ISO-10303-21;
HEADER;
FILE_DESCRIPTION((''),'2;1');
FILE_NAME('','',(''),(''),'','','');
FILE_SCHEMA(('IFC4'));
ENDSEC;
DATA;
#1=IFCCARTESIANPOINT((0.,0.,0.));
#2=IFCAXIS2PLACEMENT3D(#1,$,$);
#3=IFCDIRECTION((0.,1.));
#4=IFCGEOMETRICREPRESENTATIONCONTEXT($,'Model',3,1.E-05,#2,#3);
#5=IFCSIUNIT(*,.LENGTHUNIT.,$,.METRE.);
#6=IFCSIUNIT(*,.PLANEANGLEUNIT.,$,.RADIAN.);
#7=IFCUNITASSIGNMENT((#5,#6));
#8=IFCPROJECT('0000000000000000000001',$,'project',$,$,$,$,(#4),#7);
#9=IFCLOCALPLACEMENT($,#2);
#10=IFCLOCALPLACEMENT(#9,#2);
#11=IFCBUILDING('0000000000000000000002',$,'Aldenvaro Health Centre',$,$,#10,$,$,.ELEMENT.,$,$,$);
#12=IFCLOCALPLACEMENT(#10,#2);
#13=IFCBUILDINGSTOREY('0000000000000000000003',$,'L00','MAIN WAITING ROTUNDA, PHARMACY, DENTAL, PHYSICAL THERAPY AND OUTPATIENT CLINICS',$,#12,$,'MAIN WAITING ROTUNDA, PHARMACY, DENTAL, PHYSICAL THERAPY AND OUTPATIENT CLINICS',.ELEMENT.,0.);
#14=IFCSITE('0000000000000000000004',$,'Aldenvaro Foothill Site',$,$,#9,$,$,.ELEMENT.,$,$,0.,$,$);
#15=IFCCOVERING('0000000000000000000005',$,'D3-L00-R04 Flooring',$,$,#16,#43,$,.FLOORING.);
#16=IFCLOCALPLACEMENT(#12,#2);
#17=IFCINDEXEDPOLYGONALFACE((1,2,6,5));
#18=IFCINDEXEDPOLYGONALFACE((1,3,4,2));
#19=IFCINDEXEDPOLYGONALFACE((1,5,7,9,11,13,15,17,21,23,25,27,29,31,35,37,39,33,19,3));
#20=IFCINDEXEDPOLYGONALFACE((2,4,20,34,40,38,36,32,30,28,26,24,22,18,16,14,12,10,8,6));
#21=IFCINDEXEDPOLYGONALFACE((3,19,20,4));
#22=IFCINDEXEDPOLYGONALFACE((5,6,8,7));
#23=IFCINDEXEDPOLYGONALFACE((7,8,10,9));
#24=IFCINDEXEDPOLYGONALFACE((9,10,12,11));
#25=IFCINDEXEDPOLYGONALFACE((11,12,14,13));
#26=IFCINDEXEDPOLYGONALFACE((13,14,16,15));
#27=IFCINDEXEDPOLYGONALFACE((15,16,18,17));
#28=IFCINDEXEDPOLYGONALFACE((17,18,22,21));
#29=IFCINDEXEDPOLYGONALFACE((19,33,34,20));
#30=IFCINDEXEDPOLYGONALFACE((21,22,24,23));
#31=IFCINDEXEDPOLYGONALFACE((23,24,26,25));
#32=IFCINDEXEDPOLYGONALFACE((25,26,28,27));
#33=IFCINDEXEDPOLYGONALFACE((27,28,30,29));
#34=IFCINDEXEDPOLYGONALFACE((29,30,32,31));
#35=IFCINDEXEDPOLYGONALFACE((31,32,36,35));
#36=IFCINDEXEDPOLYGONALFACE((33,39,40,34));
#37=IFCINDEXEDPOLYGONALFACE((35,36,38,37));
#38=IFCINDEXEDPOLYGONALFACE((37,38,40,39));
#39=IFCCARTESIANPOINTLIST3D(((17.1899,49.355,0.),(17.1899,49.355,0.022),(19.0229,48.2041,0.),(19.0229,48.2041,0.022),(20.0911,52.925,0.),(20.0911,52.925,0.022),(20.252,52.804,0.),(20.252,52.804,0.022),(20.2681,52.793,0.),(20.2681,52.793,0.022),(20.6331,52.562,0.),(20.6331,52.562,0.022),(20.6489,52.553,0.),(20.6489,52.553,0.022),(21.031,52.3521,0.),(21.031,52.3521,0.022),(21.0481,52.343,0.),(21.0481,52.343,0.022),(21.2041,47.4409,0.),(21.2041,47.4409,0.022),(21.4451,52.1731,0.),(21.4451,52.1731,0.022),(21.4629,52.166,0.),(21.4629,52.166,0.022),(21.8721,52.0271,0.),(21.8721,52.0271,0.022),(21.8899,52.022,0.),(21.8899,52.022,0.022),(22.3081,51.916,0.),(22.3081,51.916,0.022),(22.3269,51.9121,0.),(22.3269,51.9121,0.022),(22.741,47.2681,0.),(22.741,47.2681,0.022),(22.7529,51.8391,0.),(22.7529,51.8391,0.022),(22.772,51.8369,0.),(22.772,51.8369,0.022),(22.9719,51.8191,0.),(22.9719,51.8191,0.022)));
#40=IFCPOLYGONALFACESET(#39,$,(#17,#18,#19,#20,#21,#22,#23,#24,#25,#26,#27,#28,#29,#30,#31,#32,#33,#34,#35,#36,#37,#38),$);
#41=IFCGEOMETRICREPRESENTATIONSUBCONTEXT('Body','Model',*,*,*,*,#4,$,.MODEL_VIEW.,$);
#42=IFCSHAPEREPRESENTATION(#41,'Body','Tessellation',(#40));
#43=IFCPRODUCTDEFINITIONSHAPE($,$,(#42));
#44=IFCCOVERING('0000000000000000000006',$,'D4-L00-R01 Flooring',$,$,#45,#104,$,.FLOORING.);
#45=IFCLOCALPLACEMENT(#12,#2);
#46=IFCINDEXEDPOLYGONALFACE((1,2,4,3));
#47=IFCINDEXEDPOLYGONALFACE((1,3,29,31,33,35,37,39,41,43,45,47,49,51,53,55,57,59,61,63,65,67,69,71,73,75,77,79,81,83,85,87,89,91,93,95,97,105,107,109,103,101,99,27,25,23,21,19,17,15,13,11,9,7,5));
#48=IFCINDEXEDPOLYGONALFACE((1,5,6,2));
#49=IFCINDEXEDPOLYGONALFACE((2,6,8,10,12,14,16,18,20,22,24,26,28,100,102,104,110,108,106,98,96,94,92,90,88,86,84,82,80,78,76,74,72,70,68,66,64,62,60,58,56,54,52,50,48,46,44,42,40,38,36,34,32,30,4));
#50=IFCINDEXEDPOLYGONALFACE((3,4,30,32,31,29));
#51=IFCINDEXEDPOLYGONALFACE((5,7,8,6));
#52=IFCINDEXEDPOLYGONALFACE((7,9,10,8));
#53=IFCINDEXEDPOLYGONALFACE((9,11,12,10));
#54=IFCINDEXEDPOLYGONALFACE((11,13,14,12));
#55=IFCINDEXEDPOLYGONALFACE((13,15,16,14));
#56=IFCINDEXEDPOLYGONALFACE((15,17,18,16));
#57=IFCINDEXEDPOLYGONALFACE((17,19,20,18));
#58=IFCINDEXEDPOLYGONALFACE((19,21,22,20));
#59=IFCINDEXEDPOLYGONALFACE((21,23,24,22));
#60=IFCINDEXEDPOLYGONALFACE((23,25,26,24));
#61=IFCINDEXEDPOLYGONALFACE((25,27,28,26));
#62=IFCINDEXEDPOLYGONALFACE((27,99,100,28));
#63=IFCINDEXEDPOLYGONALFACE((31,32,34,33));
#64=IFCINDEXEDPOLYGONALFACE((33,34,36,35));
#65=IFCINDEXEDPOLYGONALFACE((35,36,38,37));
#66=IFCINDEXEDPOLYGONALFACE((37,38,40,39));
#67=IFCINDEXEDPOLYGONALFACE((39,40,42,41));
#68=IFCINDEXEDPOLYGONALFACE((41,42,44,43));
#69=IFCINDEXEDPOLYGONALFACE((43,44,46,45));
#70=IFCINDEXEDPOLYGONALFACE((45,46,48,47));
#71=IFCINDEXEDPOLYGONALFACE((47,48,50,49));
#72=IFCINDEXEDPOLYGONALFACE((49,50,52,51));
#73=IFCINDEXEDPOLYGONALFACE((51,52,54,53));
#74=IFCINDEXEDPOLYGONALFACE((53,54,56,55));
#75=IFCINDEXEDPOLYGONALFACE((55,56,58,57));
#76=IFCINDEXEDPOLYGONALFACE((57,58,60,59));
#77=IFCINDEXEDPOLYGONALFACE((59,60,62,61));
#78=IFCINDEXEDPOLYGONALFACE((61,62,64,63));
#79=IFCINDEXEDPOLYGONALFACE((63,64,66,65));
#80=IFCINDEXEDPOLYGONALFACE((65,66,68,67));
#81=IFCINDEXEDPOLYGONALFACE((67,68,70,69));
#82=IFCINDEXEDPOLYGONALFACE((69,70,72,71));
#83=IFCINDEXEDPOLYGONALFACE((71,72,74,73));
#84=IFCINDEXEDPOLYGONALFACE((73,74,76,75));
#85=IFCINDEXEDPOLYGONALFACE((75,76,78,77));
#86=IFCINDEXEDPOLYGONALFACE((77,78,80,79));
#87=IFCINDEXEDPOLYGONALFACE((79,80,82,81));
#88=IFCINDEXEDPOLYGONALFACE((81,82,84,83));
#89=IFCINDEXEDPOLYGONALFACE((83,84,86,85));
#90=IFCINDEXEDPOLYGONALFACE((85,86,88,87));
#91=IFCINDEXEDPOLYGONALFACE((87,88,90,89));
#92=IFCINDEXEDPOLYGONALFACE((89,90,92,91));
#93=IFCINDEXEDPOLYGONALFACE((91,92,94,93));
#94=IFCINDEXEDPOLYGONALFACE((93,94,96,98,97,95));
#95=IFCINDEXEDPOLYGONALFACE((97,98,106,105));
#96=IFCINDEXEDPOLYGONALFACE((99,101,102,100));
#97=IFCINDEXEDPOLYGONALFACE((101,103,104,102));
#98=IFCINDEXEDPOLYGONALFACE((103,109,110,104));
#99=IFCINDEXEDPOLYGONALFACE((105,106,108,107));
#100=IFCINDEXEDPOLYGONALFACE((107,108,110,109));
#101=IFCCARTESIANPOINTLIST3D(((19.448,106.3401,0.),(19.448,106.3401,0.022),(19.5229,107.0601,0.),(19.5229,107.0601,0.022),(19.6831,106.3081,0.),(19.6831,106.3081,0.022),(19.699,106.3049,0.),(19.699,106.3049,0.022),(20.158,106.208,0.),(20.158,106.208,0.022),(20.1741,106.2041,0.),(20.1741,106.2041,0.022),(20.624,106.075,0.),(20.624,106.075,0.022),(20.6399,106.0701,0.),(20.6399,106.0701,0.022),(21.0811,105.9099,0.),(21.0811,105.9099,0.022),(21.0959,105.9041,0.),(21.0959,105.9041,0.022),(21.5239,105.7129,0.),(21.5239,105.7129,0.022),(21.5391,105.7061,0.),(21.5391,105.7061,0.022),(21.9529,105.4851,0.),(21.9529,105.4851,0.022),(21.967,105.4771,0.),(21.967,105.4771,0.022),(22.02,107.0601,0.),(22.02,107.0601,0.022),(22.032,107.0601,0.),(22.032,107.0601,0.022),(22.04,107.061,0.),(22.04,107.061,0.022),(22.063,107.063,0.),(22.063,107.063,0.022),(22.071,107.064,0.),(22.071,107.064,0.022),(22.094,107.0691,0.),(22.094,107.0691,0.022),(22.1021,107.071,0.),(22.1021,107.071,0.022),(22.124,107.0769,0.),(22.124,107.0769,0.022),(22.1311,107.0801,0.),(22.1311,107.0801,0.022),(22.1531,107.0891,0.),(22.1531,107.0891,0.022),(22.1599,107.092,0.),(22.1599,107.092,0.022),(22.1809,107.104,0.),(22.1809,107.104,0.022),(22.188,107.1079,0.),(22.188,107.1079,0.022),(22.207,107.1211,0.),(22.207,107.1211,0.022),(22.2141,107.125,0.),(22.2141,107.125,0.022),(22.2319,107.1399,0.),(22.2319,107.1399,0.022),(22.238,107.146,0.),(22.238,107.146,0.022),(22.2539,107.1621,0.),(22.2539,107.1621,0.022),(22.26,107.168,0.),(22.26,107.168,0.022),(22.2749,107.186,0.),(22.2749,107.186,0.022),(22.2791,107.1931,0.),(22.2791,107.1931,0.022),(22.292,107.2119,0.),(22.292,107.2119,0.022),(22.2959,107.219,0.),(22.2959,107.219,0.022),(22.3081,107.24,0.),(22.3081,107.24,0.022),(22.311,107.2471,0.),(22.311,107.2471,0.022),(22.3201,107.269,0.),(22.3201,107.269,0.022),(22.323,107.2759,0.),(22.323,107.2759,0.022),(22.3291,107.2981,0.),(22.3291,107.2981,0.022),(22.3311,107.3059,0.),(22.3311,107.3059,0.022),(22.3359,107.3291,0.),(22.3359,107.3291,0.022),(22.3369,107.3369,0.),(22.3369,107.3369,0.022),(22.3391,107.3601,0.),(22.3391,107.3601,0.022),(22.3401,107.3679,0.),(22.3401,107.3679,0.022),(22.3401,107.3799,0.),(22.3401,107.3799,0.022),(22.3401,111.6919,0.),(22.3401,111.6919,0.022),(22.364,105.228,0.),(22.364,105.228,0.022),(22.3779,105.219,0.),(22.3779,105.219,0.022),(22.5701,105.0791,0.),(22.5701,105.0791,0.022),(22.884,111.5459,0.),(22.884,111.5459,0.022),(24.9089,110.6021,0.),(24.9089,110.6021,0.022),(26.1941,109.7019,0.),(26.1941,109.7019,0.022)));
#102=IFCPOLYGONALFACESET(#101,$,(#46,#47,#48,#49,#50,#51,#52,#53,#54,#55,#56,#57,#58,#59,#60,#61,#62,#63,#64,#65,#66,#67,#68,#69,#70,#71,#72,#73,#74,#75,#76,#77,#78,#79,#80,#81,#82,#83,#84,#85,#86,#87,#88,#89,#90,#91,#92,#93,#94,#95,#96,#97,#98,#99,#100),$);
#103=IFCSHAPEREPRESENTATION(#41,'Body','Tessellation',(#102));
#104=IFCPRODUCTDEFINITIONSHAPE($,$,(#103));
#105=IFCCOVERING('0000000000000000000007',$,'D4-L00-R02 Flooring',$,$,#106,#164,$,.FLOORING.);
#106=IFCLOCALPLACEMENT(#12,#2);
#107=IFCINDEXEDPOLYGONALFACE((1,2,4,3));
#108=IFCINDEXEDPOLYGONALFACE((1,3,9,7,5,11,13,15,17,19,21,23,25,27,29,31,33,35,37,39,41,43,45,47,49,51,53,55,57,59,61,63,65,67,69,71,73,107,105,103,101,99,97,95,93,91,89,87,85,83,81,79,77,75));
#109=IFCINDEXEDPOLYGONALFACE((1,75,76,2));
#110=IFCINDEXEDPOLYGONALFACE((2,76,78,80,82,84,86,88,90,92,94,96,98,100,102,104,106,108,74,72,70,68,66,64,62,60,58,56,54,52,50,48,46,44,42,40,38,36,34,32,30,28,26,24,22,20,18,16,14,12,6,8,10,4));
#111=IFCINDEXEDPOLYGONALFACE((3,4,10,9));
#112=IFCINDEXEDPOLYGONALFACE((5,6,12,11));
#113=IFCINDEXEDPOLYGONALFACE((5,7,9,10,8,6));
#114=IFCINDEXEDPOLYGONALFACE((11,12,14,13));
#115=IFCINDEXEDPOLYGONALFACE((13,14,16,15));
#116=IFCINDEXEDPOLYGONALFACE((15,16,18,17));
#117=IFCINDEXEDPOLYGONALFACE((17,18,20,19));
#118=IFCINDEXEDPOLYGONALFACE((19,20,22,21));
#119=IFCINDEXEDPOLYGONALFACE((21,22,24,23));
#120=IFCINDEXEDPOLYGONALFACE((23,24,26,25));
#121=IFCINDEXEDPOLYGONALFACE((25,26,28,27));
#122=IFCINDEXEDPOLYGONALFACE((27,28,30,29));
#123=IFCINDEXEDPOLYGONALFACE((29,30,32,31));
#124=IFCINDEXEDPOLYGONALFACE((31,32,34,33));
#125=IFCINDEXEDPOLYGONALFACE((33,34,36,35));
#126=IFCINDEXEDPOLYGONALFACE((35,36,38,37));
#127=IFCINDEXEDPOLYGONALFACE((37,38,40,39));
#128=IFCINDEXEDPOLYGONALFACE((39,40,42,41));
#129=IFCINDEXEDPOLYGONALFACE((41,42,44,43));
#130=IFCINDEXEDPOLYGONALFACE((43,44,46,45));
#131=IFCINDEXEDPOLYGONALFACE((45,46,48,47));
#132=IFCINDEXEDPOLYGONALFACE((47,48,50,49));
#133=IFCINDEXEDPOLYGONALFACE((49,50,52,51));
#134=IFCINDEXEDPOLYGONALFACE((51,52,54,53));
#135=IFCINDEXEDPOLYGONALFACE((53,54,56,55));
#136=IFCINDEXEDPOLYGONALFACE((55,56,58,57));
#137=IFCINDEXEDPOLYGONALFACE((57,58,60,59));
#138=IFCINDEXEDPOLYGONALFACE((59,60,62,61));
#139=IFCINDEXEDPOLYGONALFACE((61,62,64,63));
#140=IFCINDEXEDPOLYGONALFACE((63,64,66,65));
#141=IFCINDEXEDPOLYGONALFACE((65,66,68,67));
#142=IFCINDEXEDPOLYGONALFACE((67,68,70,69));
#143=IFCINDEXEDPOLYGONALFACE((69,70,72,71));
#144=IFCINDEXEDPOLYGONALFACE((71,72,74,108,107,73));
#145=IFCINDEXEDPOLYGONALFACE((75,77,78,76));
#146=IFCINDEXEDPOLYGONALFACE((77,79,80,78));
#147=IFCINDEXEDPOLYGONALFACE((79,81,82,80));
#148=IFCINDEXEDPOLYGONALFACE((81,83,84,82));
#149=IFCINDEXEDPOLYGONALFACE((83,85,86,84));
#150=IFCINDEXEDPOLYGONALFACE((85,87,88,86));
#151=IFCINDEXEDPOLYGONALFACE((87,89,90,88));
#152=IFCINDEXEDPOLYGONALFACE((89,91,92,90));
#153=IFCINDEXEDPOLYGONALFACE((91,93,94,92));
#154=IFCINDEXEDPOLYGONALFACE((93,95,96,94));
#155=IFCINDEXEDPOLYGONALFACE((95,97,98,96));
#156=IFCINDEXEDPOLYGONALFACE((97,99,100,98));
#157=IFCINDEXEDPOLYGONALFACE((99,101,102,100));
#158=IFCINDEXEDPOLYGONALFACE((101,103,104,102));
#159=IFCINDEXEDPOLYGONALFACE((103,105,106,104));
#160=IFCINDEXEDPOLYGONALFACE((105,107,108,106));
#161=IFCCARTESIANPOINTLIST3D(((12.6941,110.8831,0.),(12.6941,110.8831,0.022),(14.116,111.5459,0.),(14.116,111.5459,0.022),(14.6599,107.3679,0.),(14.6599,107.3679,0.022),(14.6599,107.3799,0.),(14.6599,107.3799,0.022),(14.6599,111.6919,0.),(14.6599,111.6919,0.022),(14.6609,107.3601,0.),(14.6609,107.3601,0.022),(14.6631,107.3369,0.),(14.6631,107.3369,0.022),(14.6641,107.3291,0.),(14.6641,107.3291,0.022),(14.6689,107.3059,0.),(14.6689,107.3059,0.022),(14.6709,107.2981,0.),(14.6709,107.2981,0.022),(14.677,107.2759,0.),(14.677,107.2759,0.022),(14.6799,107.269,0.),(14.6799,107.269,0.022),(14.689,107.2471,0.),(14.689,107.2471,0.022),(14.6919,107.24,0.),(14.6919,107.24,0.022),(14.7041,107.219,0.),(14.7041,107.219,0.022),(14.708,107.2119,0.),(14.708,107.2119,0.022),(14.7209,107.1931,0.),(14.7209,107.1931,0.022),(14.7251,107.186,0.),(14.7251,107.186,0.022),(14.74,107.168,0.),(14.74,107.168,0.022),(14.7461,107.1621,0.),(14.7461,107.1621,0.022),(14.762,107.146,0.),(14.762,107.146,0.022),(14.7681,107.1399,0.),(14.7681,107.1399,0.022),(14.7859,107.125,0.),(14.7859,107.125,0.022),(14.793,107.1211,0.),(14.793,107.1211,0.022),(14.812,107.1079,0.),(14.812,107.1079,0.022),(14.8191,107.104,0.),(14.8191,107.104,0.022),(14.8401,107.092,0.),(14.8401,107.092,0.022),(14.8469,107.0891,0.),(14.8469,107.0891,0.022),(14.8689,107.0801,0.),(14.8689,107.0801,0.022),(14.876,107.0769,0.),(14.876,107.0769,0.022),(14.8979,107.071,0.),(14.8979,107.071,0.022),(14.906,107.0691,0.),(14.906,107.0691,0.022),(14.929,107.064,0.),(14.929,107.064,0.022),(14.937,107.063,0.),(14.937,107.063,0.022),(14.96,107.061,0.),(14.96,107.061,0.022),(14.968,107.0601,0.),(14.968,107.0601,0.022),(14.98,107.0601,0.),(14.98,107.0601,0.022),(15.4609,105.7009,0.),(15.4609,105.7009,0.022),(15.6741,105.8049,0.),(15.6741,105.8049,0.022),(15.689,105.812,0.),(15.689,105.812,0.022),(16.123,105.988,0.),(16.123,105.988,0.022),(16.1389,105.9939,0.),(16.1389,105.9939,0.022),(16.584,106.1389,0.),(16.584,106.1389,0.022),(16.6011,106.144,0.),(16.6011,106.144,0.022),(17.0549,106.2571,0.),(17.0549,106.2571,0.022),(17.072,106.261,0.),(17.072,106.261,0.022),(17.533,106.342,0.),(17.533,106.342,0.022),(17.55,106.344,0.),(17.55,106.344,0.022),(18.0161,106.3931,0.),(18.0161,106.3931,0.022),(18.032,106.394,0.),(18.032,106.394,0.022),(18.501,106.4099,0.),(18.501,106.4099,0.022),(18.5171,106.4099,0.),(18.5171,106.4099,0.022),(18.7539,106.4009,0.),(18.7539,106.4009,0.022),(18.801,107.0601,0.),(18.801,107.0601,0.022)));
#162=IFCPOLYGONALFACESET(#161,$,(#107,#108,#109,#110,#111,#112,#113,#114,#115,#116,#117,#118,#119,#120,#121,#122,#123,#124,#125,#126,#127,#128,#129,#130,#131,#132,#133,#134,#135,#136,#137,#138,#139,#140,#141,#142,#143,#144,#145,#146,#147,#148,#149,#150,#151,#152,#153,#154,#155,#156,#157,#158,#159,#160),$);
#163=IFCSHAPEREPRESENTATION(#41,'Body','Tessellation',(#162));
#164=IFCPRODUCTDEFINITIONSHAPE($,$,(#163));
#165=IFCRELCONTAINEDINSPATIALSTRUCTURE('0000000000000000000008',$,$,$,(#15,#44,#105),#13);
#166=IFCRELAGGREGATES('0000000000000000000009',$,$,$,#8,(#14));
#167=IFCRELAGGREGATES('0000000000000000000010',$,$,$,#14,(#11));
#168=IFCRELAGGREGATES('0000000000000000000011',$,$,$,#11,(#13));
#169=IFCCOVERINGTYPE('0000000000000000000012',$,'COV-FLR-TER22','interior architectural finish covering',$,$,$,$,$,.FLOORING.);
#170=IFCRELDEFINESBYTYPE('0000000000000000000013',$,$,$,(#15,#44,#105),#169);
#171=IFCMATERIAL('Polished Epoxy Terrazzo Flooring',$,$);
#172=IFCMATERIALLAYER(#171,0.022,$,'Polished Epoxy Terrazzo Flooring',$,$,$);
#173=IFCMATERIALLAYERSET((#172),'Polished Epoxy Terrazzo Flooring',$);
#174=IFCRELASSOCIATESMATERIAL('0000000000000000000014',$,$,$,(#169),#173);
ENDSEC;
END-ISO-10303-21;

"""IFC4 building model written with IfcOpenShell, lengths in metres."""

from ifc_helpers import new_model, si_unit, direction, origin, place, context, subcontext, project, spatial, polyline, outline, extrude, material, layer, layer_set, type_object, element, save


model = new_model("IFC4")

# Units and contexts
model_context = context("Model", 3, precision=1e-05, world=origin(), true_north=direction((0.0, 1.0)))
body_context = subcontext(model_context, "Body", "Model", "MODEL_VIEW")
ifc_project = project(units=[si_unit("LENGTHUNIT", "METRE"), si_unit("PLANEANGLEUNIT", "RADIAN")], contexts=[model_context])

# Site, building, storey
site_placement = place(None, origin())
site = spatial("IfcSite", under=ifc_project, at=site_placement, Name="Aldenvaro Foothill Site", CompositionType="ELEMENT", RefElevation=0.0)
building_placement = place(site_placement, origin())
building = spatial("IfcBuilding", under=site, at=building_placement, Name="Aldenvaro Health Centre", CompositionType="ELEMENT")
storey_placement = place(building_placement, origin())
storey = spatial("IfcBuildingStorey", under=building, at=storey_placement, Name="L00", Description="MAIN WAITING ROTUNDA, PHARMACY, DENTAL, PHYSICAL THERAPY AND OUTPATIENT CLINICS", LongName="MAIN WAITING ROTUNDA, PHARMACY, DENTAL, PHYSICAL THERAPY AND OUTPATIENT CLINICS", CompositionType="ELEMENT", Elevation=0.0)

# Coverings
ifc_material_1 = material(Name="Polished Epoxy Terrazzo Flooring")
ifc_layer_1 = layer(ifc_material_1, 0.022, Name="Polished Epoxy Terrazzo Flooring")
ifc_layer_set_1 = layer_set([ifc_layer_1], Name="Polished Epoxy Terrazzo Flooring")
covering_type_1 = type_object("IfcCoveringType", Name="COV-FLR-TER22", Description="interior architectural finish covering", PredefinedType="FLOORING", material=ifc_layer_set_1)
covering_1_placement = place(storey_placement, origin())
element("IfcCovering", 1, at=covering_1_placement, inside=storey, type_object=covering_type_1, Name="D3-L00-R04 Flooring", PredefinedType="FLOORING", context=body_context, shape_type="SweptSolid", body=[
    extrude(outline(polyline([(17.1899, 49.355), (20.0911, 52.925), (20.252, 52.804), (20.2681, 52.793), (20.6331, 52.562), (20.6489, 52.553), (21.031, 52.3521), (21.0481, 52.343), (21.4451, 52.1731), (21.4629, 52.166), (21.8721, 52.0271), (21.8899, 52.022), (22.3081, 51.916), (22.3269, 51.9121), (22.7529, 51.8391), (22.772, 51.8369), (22.9719, 51.8191), (22.741, 47.2681), (21.2041, 47.4409), (19.0229, 48.2041), (17.1899, 49.355)])), origin(), (0.0, 0.0, 1.0), 0.022),
])
covering_2_placement = place(storey_placement, origin())
element("IfcCovering", 2, at=covering_2_placement, inside=storey, type_object=covering_type_1, Name="D4-L00-R01 Flooring", PredefinedType="FLOORING", context=body_context, shape_type="SweptSolid", body=[
    extrude(outline(polyline([(22.3779, 105.219), (22.364, 105.228), (21.967, 105.4771), (21.9529, 105.4851), (21.5391, 105.7061), (21.5239, 105.7129), (21.0959, 105.9041), (21.0811, 105.9099), (20.6399, 106.0701), (20.624, 106.075), (20.1741, 106.2041), (20.158, 106.208), (19.699, 106.3049), (19.6831, 106.3081), (19.448, 106.3401), (19.5229, 107.0601), (22.02, 107.0601), (22.032, 107.0601), (22.04, 107.061), (22.063, 107.063), (22.071, 107.064), (22.094, 107.0691), (22.1021, 107.071), (22.124, 107.0769), (22.1311, 107.0801), (22.1531, 107.0891), (22.1599, 107.092), (22.1809, 107.104), (22.188, 107.1079), (22.207, 107.1211), (22.2141, 107.125), (22.2319, 107.1399), (22.238, 107.146), (22.2539, 107.1621), (22.26, 107.168), (22.2749, 107.186), (22.2791, 107.1931), (22.292, 107.2119), (22.2959, 107.219), (22.3081, 107.24), (22.311, 107.2471), (22.3201, 107.269), (22.323, 107.2759), (22.3291, 107.2981), (22.3311, 107.3059), (22.3359, 107.3291), (22.3369, 107.3369), (22.3391, 107.3601), (22.3401, 107.3679), (22.3401, 107.3799), (22.3401, 111.6919), (22.884, 111.5459), (24.9089, 110.6021), (26.1941, 109.7019), (22.5701, 105.0791), (22.3779, 105.219)])), origin(), (0.0, 0.0, 1.0), 0.022),
])
covering_3_placement = place(storey_placement, origin())
element("IfcCovering", 3, at=covering_3_placement, inside=storey, type_object=covering_type_1, Name="D4-L00-R02 Flooring", PredefinedType="FLOORING", context=body_context, shape_type="SweptSolid", body=[
    extrude(outline(polyline([(18.5171, 106.4099), (18.501, 106.4099), (18.032, 106.394), (18.0161, 106.3931), (17.55, 106.344), (17.533, 106.342), (17.072, 106.261), (17.0549, 106.2571), (16.6011, 106.144), (16.584, 106.1389), (16.1389, 105.9939), (16.123, 105.988), (15.689, 105.812), (15.6741, 105.8049), (15.4609, 105.7009), (12.6941, 110.8831), (14.116, 111.5459), (14.6599, 111.6919), (14.6599, 107.3799), (14.6599, 107.3679), (14.6609, 107.3601), (14.6631, 107.3369), (14.6641, 107.3291), (14.6689, 107.3059), (14.6709, 107.2981), (14.677, 107.2759), (14.6799, 107.269), (14.689, 107.2471), (14.6919, 107.24), (14.7041, 107.219), (14.708, 107.2119), (14.7209, 107.1931), (14.7251, 107.186), (14.74, 107.168), (14.7461, 107.1621), (14.762, 107.146), (14.7681, 107.1399), (14.7859, 107.125), (14.793, 107.1211), (14.812, 107.1079), (14.8191, 107.104), (14.8401, 107.092), (14.8469, 107.0891), (14.8689, 107.0801), (14.876, 107.0769), (14.8979, 107.071), (14.906, 107.0691), (14.929, 107.064), (14.937, 107.063), (14.96, 107.061), (14.968, 107.0601), (14.98, 107.0601), (18.801, 107.0601), (18.7539, 106.4009), (18.5171, 106.4099)])), origin(), (0.0, 0.0, 1.0), 0.022),
])

save(model, "model.ifc")
